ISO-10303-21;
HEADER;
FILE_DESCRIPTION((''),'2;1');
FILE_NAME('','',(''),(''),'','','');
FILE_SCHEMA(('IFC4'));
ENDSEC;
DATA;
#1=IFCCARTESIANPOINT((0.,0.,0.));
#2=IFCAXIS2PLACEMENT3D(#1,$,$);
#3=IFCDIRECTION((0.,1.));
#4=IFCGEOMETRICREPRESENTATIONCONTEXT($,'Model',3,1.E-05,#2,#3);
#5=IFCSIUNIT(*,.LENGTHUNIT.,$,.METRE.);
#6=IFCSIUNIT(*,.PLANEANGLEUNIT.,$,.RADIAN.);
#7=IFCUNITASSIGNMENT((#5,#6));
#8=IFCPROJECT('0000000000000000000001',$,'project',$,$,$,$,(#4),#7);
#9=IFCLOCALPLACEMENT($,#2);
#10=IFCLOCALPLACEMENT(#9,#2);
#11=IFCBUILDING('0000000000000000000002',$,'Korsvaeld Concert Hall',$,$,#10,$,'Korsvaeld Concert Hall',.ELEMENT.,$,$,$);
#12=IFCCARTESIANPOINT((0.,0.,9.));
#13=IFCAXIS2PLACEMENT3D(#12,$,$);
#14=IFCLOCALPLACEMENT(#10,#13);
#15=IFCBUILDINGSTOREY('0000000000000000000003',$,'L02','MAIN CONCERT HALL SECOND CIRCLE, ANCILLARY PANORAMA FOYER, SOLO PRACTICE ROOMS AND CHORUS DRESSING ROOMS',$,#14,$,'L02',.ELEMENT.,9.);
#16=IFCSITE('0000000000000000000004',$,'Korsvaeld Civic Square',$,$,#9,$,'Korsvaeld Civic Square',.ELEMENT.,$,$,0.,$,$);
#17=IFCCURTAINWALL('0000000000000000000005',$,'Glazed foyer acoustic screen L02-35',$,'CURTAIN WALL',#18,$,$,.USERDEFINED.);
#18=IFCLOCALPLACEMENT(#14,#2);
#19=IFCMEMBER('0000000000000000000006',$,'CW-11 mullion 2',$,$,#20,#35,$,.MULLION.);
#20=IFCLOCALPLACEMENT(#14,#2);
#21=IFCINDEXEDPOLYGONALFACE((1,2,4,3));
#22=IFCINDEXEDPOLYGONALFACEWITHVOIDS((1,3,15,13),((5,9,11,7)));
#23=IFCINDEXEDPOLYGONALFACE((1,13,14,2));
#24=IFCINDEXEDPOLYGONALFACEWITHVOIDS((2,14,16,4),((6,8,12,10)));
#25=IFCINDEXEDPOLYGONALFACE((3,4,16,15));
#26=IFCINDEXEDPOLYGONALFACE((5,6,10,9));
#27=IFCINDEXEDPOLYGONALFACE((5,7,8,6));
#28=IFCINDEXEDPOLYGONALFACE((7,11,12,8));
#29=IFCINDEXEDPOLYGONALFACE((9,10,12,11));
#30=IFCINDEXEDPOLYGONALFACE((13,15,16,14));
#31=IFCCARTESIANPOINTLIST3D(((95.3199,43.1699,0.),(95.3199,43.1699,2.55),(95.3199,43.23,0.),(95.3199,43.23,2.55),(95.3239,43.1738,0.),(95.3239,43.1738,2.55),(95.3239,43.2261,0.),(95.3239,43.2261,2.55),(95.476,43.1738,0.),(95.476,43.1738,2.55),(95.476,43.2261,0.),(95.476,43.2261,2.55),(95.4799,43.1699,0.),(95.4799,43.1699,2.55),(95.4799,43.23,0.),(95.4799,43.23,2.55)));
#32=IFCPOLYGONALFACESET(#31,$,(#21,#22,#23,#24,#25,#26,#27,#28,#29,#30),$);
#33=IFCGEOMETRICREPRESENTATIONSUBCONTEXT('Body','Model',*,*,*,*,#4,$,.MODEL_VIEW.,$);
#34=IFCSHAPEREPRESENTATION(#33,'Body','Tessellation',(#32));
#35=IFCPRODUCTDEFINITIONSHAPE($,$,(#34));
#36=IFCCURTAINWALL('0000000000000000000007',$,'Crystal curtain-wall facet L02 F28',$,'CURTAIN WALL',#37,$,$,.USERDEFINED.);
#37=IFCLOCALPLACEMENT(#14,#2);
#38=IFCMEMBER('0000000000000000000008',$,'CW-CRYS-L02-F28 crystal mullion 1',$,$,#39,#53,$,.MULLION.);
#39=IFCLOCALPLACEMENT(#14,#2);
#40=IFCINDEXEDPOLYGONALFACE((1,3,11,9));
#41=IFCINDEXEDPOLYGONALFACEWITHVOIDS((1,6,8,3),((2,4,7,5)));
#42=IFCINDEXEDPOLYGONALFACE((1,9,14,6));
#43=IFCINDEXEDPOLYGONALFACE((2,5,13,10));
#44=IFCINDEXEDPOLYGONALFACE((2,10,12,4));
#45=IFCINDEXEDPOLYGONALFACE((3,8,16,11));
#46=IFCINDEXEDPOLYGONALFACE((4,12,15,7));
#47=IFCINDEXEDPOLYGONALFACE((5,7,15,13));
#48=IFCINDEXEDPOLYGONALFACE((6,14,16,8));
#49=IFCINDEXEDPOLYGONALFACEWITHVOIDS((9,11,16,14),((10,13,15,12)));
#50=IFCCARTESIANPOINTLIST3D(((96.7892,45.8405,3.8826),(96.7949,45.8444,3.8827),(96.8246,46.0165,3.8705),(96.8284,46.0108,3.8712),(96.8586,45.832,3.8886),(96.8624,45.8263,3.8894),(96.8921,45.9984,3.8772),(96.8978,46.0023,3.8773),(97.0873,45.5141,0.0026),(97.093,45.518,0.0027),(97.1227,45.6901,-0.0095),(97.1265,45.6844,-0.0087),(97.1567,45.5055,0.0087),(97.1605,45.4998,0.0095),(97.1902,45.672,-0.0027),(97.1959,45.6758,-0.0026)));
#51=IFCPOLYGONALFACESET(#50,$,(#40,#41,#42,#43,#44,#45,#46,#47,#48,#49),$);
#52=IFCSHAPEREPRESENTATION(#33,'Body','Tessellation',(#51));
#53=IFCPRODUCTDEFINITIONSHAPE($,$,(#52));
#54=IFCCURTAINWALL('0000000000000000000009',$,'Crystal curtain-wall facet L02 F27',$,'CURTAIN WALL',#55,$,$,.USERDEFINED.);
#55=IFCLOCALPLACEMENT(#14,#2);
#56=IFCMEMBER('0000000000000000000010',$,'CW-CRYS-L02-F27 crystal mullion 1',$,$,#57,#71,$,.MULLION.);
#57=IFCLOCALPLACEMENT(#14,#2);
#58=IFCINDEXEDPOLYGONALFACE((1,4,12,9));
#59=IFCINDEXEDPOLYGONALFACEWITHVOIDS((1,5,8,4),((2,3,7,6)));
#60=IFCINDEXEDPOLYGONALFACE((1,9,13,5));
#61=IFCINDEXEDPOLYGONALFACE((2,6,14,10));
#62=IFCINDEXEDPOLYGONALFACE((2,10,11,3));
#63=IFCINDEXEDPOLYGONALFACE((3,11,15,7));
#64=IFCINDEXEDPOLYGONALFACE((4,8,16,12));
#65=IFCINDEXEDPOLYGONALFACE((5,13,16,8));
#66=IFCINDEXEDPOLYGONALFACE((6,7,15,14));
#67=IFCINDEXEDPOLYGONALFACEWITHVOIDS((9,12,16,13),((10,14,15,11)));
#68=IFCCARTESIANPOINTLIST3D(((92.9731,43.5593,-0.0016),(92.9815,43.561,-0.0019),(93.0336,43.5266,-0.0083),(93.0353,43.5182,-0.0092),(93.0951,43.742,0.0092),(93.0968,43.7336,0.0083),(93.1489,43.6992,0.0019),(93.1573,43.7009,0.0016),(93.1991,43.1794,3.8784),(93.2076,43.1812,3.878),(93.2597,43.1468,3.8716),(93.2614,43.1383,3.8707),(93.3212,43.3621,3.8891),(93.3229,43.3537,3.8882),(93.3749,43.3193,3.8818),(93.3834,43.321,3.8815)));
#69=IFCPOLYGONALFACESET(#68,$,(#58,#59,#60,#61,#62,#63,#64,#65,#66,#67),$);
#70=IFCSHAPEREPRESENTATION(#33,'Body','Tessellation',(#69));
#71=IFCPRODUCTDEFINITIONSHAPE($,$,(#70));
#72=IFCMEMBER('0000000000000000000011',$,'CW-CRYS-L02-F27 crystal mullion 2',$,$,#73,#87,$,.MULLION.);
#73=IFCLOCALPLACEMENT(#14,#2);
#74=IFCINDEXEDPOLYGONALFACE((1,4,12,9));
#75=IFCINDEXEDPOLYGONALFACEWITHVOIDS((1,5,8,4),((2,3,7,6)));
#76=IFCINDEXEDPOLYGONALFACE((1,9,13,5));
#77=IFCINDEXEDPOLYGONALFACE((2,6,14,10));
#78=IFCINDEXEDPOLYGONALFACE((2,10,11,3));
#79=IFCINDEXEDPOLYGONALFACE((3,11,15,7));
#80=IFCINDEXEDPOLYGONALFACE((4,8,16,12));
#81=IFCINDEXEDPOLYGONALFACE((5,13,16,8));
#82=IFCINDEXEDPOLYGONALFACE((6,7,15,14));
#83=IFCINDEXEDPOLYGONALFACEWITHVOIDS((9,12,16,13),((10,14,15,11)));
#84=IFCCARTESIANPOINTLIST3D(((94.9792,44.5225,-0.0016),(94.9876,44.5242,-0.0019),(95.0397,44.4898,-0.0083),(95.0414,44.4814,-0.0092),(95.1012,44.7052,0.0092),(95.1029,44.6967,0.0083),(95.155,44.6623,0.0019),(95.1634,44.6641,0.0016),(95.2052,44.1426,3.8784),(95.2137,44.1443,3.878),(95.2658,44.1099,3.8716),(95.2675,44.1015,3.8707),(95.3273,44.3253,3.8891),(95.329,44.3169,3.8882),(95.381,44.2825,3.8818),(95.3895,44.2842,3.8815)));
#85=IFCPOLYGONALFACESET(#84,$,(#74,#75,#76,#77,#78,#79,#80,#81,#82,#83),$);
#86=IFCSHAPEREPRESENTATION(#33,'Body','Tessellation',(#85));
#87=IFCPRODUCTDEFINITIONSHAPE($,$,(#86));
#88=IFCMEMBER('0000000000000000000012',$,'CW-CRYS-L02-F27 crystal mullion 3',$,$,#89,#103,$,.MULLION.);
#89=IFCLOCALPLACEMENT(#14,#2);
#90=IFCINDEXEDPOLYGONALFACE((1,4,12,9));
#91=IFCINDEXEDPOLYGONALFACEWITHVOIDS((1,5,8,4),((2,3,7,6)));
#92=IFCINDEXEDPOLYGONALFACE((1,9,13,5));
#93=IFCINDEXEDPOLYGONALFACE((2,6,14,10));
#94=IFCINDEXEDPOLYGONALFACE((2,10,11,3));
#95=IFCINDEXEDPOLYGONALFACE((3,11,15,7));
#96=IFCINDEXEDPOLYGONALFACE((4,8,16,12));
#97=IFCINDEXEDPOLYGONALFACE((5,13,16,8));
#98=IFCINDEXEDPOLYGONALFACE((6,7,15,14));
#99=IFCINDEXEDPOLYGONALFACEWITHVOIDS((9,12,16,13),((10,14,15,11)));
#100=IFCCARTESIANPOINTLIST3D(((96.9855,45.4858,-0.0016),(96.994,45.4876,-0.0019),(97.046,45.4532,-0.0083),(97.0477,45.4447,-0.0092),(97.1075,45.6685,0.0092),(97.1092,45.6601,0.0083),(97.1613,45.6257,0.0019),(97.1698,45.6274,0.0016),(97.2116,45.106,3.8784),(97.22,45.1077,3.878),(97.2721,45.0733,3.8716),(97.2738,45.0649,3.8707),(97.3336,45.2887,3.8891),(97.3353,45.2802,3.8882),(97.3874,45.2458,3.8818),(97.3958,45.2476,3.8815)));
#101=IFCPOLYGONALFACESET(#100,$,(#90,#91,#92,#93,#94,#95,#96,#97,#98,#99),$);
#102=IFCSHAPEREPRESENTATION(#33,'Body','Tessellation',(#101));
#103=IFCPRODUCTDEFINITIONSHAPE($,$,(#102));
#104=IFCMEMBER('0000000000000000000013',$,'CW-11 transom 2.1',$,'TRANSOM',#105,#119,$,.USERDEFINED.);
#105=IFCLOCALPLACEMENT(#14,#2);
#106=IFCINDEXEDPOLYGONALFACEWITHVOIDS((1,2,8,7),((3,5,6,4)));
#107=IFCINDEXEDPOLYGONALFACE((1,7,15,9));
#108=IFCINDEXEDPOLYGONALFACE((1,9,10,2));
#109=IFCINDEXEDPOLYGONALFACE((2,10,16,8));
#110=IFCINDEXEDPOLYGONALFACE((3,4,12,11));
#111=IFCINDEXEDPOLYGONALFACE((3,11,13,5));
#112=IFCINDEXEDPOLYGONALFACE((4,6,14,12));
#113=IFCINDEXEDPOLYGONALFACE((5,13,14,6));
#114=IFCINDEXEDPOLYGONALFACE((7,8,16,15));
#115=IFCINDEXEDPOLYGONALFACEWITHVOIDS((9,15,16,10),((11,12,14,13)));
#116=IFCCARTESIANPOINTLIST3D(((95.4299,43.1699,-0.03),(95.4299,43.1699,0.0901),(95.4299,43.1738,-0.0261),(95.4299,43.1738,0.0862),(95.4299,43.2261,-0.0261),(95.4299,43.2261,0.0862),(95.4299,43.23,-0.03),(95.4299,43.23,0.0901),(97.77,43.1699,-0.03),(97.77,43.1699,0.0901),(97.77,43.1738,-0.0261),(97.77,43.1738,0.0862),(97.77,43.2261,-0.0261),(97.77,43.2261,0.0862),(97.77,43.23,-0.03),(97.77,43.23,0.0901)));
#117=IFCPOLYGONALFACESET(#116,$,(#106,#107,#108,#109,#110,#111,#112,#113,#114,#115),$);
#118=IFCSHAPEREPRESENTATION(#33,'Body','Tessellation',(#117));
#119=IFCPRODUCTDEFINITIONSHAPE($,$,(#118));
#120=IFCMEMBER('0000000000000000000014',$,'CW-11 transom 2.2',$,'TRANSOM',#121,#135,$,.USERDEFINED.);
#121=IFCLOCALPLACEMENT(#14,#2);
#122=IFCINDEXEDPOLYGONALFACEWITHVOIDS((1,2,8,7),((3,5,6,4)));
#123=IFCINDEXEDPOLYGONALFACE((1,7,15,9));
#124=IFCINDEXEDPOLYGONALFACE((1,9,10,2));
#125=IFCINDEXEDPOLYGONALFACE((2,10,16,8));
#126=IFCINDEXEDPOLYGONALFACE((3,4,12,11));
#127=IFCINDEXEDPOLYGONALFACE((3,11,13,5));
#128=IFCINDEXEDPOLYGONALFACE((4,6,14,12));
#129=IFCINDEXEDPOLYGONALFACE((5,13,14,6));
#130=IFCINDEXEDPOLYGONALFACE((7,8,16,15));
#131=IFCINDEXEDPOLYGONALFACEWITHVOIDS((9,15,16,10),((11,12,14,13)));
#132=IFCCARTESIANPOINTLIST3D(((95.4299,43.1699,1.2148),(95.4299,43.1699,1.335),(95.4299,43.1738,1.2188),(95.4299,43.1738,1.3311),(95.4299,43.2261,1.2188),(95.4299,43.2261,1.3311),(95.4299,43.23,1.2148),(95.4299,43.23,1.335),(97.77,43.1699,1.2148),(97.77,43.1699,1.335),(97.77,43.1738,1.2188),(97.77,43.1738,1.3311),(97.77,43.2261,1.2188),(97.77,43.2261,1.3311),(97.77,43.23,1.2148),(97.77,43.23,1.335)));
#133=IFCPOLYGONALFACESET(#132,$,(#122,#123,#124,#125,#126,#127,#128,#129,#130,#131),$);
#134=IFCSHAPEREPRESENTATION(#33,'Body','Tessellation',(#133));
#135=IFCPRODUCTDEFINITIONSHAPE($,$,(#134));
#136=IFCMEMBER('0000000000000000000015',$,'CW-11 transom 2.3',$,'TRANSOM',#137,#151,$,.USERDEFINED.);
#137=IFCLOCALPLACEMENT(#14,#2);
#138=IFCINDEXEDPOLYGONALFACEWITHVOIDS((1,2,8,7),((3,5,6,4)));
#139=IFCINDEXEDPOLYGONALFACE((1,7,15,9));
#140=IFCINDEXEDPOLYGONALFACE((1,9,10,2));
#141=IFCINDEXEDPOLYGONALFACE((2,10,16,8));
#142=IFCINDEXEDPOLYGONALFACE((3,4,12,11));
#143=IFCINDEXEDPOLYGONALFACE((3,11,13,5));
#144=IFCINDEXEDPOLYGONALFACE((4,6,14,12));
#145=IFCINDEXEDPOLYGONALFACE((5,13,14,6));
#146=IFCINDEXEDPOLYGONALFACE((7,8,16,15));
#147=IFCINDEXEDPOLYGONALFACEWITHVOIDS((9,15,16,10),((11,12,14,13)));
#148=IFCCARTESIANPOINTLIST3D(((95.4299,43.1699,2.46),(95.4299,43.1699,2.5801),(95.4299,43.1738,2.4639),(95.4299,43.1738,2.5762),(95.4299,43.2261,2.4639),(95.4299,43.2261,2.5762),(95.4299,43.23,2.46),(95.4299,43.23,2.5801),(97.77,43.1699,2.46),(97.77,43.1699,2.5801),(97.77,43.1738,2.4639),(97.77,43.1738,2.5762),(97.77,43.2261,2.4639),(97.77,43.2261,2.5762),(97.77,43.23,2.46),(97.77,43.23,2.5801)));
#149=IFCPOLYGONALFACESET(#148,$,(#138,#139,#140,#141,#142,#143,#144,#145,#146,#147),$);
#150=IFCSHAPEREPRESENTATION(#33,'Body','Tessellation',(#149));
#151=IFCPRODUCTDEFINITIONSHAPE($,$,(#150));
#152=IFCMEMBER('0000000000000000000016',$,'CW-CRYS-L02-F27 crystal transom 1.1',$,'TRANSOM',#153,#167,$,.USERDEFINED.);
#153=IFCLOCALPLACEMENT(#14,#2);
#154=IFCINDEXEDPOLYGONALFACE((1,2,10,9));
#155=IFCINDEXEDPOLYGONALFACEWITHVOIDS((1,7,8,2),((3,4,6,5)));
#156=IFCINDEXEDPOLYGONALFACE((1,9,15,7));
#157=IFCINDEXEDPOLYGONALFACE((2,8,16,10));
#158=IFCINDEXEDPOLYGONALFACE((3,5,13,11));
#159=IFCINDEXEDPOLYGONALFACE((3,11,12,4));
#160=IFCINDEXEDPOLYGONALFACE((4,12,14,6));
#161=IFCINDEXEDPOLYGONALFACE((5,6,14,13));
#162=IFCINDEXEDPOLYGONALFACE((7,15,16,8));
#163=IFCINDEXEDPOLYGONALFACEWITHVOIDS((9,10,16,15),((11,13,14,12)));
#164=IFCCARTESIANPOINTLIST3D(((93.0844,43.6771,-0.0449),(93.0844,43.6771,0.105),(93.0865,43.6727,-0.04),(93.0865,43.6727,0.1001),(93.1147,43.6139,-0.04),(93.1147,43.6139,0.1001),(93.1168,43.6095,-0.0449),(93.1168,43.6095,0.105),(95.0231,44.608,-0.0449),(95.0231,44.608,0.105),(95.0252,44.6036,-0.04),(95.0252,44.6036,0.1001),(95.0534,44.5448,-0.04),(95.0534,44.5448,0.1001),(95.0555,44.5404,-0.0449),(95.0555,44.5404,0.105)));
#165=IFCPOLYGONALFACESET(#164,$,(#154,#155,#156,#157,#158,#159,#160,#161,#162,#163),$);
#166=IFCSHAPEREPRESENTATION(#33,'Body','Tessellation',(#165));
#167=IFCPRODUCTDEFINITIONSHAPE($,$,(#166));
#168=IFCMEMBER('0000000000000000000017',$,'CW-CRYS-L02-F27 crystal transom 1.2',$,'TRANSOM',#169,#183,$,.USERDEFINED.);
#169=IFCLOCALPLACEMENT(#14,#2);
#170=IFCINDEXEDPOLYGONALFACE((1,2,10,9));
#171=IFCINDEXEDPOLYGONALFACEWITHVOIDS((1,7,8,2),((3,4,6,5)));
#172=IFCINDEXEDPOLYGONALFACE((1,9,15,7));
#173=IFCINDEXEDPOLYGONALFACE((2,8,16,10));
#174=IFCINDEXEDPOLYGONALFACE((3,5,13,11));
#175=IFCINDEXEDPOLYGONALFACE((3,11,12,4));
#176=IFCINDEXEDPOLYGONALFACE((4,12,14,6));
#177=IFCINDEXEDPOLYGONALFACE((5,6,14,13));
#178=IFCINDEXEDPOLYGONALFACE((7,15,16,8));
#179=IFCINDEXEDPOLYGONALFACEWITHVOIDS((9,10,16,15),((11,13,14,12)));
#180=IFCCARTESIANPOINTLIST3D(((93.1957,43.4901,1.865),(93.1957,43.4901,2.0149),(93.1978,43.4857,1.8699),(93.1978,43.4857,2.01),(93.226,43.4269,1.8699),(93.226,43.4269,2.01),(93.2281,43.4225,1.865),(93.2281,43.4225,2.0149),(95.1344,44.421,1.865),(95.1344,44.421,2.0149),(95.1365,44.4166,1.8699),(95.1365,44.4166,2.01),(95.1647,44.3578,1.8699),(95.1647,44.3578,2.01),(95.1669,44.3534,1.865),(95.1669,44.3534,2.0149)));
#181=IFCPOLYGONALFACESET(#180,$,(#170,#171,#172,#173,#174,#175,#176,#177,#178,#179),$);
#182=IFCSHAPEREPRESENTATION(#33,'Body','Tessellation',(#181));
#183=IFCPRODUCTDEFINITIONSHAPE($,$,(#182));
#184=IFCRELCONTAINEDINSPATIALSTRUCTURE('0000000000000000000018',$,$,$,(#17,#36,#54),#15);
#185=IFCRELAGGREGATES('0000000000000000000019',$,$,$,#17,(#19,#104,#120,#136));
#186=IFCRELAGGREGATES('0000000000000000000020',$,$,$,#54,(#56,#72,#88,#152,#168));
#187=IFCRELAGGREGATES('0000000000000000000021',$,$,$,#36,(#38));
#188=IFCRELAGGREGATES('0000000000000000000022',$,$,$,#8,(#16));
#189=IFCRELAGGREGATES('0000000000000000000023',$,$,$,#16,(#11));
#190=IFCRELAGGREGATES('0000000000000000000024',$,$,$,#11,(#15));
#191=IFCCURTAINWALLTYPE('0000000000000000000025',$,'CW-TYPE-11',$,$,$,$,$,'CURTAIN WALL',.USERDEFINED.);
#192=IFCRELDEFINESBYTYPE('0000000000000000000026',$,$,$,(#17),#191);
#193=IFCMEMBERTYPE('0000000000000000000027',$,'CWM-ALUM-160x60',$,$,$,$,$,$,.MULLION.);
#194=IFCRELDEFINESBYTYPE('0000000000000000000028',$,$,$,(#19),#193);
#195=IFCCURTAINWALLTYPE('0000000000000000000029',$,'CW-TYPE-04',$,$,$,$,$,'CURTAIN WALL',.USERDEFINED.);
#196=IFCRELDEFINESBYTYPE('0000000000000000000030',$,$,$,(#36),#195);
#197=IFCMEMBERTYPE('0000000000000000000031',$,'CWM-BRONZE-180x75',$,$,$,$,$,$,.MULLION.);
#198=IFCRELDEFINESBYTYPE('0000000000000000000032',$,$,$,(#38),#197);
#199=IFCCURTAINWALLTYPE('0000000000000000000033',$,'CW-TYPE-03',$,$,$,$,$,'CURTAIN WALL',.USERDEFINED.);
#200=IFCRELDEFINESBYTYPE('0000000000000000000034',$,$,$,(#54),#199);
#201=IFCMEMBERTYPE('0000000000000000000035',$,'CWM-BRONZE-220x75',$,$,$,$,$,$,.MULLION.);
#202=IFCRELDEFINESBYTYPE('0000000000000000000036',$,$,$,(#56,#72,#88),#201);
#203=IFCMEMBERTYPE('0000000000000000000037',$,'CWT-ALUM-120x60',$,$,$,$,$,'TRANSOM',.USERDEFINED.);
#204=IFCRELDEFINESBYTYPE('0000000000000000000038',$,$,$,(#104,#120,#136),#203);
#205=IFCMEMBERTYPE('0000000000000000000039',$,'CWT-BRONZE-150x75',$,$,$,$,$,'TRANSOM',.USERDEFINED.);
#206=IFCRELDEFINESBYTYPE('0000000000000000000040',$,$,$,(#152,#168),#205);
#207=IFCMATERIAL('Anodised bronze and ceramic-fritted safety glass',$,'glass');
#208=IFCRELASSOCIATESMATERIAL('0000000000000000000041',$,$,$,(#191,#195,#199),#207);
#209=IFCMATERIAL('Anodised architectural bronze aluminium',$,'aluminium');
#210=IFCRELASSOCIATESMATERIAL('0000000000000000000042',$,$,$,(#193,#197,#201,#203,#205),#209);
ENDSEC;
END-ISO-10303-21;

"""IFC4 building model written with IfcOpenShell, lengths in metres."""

from ifc_helpers import new_model, si_unit, direction, frame, origin, origin_2d, place, context, subcontext, project, spatial, hollow_rectangle, extrude, material, material_profile, profile_set, type_object, element, aggregate, save


model = new_model("IFC4")

# Units and contexts
model_context = context("Model", 3, precision=1e-05, world=origin(), true_north=direction((0.0, 1.0)))
body_context = subcontext(model_context, "Body", "Model", "MODEL_VIEW")
ifc_project = project(units=[si_unit("LENGTHUNIT", "METRE"), si_unit("PLANEANGLEUNIT", "RADIAN")], contexts=[model_context])

# Site, building, storey
site_placement = place(None, origin())
site = spatial("IfcSite", under=ifc_project, at=site_placement, Name="Korsvaeld Civic Square", LongName="Korsvaeld Civic Square", CompositionType="ELEMENT", RefElevation=0.0)
building_placement = place(site_placement, origin())
building = spatial("IfcBuilding", under=site, at=building_placement, Name="Korsvaeld Concert Hall", LongName="Korsvaeld Concert Hall", CompositionType="ELEMENT")
storey_placement = place(building_placement, frame((0.0, 0.0, 9.0)))
storey = spatial("IfcBuildingStorey", under=building, at=storey_placement, Name="L02", Description="MAIN CONCERT HALL SECOND CIRCLE, ANCILLARY PANORAMA FOYER, SOLO PRACTICE ROOMS AND CHORUS DRESSING ROOMS", LongName="L02", CompositionType="ELEMENT", Elevation=9.0)

# Curtain walls, members
ifc_material_1 = material(Name="Anodised bronze and ceramic-fritted safety glass", Category="glass")
curtain_wall_type_1 = type_object("IfcCurtainWallType", Name="CW-TYPE-11", ElementType="CURTAIN WALL", PredefinedType="USERDEFINED", material=ifc_material_1)
curtain_wall_1_placement = place(storey_placement, origin())
curtain_wall_1 = element("IfcCurtainWall", 1, at=curtain_wall_1_placement, inside=storey, type_object=curtain_wall_type_1, Name="Glazed foyer acoustic screen L02-35", ObjectType="CURTAIN WALL", PredefinedType="USERDEFINED")
ifc_material_2 = material(Name="Anodised architectural bronze aluminium", Category="aluminium")
ifc_material_profile_1 = material_profile(ifc_material_2, hollow_rectangle(XDim=0.0601, YDim=0.1599, WallThickness=0.0039, at=origin_2d()), Name="CWM 160x60x4")
ifc_profile_set_1 = profile_set([ifc_material_profile_1], Name="Anodised architectural bronze aluminium")
member_type_1 = type_object("IfcMemberType", Name="CWM-ALUM-160x60", PredefinedType="MULLION", material=ifc_profile_set_1)
member_1_placement = place(storey_placement, frame((95.3999, 43.2, 0.0), z_axis=(0.0, 0.0, 1.0), x_axis=(0.0, 1.0, 0.0)))
member_1 = element("IfcMember", 2, at=member_1_placement, type_object=member_type_1, Name="CW-11 mullion 2", PredefinedType="MULLION", context=body_context, shape_type="SweptSolid", body=[
    extrude(hollow_rectangle(XDim=0.0601, YDim=0.1599, WallThickness=0.0039, at=origin_2d()), origin(), (0.0, 0.0, 1.0), 2.55),
])
curtain_wall_type_2 = type_object("IfcCurtainWallType", Name="CW-TYPE-04", ElementType="CURTAIN WALL", PredefinedType="USERDEFINED", material=ifc_material_1)
curtain_wall_2_placement = place(storey_placement, origin())
curtain_wall_2 = element("IfcCurtainWall", 3, at=curtain_wall_2_placement, inside=storey, type_object=curtain_wall_type_2, Name="Crystal curtain-wall facet L02 F28", ObjectType="CURTAIN WALL", PredefinedType="USERDEFINED")
ifc_material_profile_2 = material_profile(ifc_material_2, hollow_rectangle(XDim=0.075, YDim=0.1799, WallThickness=0.0049, at=origin_2d()), Name="CWM 180x75x5")
ifc_profile_set_2 = profile_set([ifc_material_profile_2], Name="Anodised architectural bronze aluminium")
member_type_2 = type_object("IfcMemberType", Name="CWM-BRONZE-180x75", PredefinedType="MULLION", material=ifc_profile_set_2)
member_2_placement = place(storey_placement, frame((97.1416, 45.595, 0.0), z_axis=(-0.076337, 0.08359, 0.993572), x_axis=(0.977475, -0.190372, 0.091116)))
member_2 = element("IfcMember", 4, at=member_2_placement, type_object=member_type_2, Name="CW-CRYS-L02-F28 crystal mullion 1", PredefinedType="MULLION", context=body_context, shape_type="SweptSolid", body=[
    extrude(hollow_rectangle(XDim=0.075, YDim=0.1799, WallThickness=0.0049, at=origin_2d()), origin(), (0.0, 0.0, 1.0), 3.905),
])

# Curtain wall, members
curtain_wall_type_3 = type_object("IfcCurtainWallType", Name="CW-TYPE-03", ElementType="CURTAIN WALL", PredefinedType="USERDEFINED", material=ifc_material_1)
curtain_wall_3_placement = place(storey_placement, origin())
curtain_wall_3 = element("IfcCurtainWall", 5, at=curtain_wall_3_placement, inside=storey, type_object=curtain_wall_type_3, Name="Crystal curtain-wall facet L02 F27", ObjectType="CURTAIN WALL", PredefinedType="USERDEFINED")
ifc_material_profile_3 = material_profile(ifc_material_2, hollow_rectangle(XDim=0.075, YDim=0.22, WallThickness=0.0061, at=origin_2d()), Name="CWM 220x75x6")
ifc_profile_set_3 = profile_set([ifc_material_profile_3], Name="Anodised architectural bronze aluminium")
member_type_3 = type_object("IfcMemberType", Name="CWM-BRONZE-220x75", PredefinedType="MULLION", material=ifc_profile_set_3)
member_3_placement = place(storey_placement, frame((93.0652, 43.6301, 0.0), z_axis=(0.057894, -0.097281, 0.993572), x_axis=(-0.829999, 0.548349, 0.102052)))
member_3 = element("IfcMember", 6, at=member_3_placement, type_object=member_type_3, Name="CW-CRYS-L02-F27 crystal mullion 1", PredefinedType="MULLION", context=body_context, shape_type="SweptSolid", body=[
    extrude(hollow_rectangle(XDim=0.075, YDim=0.22, WallThickness=0.0061, at=origin_2d()), origin(), (0.0, 0.0, 1.0), 3.905),
])
member_4_placement = place(storey_placement, frame((95.0713, 44.5933, 0.0), z_axis=(0.057894, -0.097281, 0.993572), x_axis=(-0.829999, 0.548349, 0.102052)))
member_4 = element("IfcMember", 7, at=member_4_placement, type_object=member_type_3, Name="CW-CRYS-L02-F27 crystal mullion 2", PredefinedType="MULLION", context=body_context, shape_type="SweptSolid", body=[
    extrude(hollow_rectangle(XDim=0.075, YDim=0.22, WallThickness=0.0061, at=origin_2d()), origin(), (0.0, 0.0, 1.0), 3.905),
])
member_5_placement = place(storey_placement, frame((97.0776, 45.5566, 0.0), z_axis=(0.057894, -0.097281, 0.993572), x_axis=(-0.829999, 0.548349, 0.102052)))
member_5 = element("IfcMember", 8, at=member_5_placement, type_object=member_type_3, Name="CW-CRYS-L02-F27 crystal mullion 3", PredefinedType="MULLION", context=body_context, shape_type="SweptSolid", body=[
    extrude(hollow_rectangle(XDim=0.075, YDim=0.22, WallThickness=0.0061, at=origin_2d()), origin(), (0.0, 0.0, 1.0), 3.905),
])

# Members
ifc_material_profile_4 = material_profile(ifc_material_2, hollow_rectangle(XDim=0.0601, YDim=0.1201, WallThickness=0.0039, at=origin_2d()), Name="CWT 120x60x4")
ifc_profile_set_4 = profile_set([ifc_material_profile_4], Name="Anodised architectural bronze aluminium")
member_type_4 = type_object("IfcMemberType", Name="CWT-ALUM-120x60", ElementType="TRANSOM", PredefinedType="USERDEFINED", material=ifc_profile_set_4)
member_6_placement = place(storey_placement, frame((95.4299, 43.2, 0.03), z_axis=(1.0, 0.0, 0.0), x_axis=(0.0, 1.0, 0.0)))
member_6 = element("IfcMember", 9, at=member_6_placement, type_object=member_type_4, Name="CW-11 transom 2.1", ObjectType="TRANSOM", PredefinedType="USERDEFINED", context=body_context, shape_type="SweptSolid", body=[
    extrude(hollow_rectangle(XDim=0.0601, YDim=0.1201, WallThickness=0.0039, at=origin_2d()), origin(), (0.0, 0.0, 1.0), 2.3401),
])
member_7_placement = place(storey_placement, frame((95.4299, 43.2, 1.2749), z_axis=(1.0, 0.0, 0.0), x_axis=(0.0, 1.0, 0.0)))
member_7 = element("IfcMember", 10, at=member_7_placement, type_object=member_type_4, Name="CW-11 transom 2.2", ObjectType="TRANSOM", PredefinedType="USERDEFINED", context=body_context, shape_type="SweptSolid", body=[
    extrude(hollow_rectangle(XDim=0.0601, YDim=0.1201, WallThickness=0.0039, at=origin_2d()), origin(), (0.0, 0.0, 1.0), 2.3401),
])
member_8_placement = place(storey_placement, frame((95.4299, 43.2, 2.52), z_axis=(1.0, 0.0, 0.0), x_axis=(0.0, 1.0, 0.0)))
member_8 = element("IfcMember", 11, at=member_8_placement, type_object=member_type_4, Name="CW-11 transom 2.3", ObjectType="TRANSOM", PredefinedType="USERDEFINED", context=body_context, shape_type="SweptSolid", body=[
    extrude(hollow_rectangle(XDim=0.0601, YDim=0.1201, WallThickness=0.0039, at=origin_2d()), origin(), (0.0, 0.0, 1.0), 2.3401),
])
ifc_material_profile_5 = material_profile(ifc_material_2, hollow_rectangle(XDim=0.075, YDim=0.1499, WallThickness=0.0049, at=origin_2d()), Name="CWT 150x75x5")
ifc_profile_set_5 = profile_set([ifc_material_profile_5], Name="Anodised architectural bronze aluminium")
member_type_5 = type_object("IfcMemberType", Name="CWT-BRONZE-150x75", ElementType="TRANSOM", PredefinedType="USERDEFINED", material=ifc_profile_set_5)
member_9_placement = place(storey_placement, frame((93.1006, 43.6433, 0.03), z_axis=(0.901465, 0.432853, 0.0), x_axis=(-0.432853, 0.901465, 0.0)))
member_9 = element("IfcMember", 12, at=member_9_placement, type_object=member_type_5, Name="CW-CRYS-L02-F27 crystal transom 1.1", ObjectType="TRANSOM", PredefinedType="USERDEFINED", context=body_context, shape_type="SweptSolid", body=[
    extrude(hollow_rectangle(XDim=0.075, YDim=0.1499, WallThickness=0.0049, at=origin_2d()), origin(), (0.0, 0.0, 1.0), 2.1506),
])
member_10_placement = place(storey_placement, frame((93.2119, 43.4563, 1.9399), z_axis=(0.901465, 0.432853, 0.0), x_axis=(-0.432853, 0.901465, 0.0)))
member_10 = element("IfcMember", 13, at=member_10_placement, type_object=member_type_5, Name="CW-CRYS-L02-F27 crystal transom 1.2", ObjectType="TRANSOM", PredefinedType="USERDEFINED", context=body_context, shape_type="SweptSolid", body=[
    extrude(hollow_rectangle(XDim=0.075, YDim=0.1499, WallThickness=0.0049, at=origin_2d()), origin(), (0.0, 0.0, 1.0), 2.1506),
])

aggregate(curtain_wall_1, [member_1, member_6, member_7, member_8])
aggregate(curtain_wall_3, [member_3, member_4, member_5, member_9, member_10])
aggregate(curtain_wall_2, [member_2])

save(model, "model.ifc")
